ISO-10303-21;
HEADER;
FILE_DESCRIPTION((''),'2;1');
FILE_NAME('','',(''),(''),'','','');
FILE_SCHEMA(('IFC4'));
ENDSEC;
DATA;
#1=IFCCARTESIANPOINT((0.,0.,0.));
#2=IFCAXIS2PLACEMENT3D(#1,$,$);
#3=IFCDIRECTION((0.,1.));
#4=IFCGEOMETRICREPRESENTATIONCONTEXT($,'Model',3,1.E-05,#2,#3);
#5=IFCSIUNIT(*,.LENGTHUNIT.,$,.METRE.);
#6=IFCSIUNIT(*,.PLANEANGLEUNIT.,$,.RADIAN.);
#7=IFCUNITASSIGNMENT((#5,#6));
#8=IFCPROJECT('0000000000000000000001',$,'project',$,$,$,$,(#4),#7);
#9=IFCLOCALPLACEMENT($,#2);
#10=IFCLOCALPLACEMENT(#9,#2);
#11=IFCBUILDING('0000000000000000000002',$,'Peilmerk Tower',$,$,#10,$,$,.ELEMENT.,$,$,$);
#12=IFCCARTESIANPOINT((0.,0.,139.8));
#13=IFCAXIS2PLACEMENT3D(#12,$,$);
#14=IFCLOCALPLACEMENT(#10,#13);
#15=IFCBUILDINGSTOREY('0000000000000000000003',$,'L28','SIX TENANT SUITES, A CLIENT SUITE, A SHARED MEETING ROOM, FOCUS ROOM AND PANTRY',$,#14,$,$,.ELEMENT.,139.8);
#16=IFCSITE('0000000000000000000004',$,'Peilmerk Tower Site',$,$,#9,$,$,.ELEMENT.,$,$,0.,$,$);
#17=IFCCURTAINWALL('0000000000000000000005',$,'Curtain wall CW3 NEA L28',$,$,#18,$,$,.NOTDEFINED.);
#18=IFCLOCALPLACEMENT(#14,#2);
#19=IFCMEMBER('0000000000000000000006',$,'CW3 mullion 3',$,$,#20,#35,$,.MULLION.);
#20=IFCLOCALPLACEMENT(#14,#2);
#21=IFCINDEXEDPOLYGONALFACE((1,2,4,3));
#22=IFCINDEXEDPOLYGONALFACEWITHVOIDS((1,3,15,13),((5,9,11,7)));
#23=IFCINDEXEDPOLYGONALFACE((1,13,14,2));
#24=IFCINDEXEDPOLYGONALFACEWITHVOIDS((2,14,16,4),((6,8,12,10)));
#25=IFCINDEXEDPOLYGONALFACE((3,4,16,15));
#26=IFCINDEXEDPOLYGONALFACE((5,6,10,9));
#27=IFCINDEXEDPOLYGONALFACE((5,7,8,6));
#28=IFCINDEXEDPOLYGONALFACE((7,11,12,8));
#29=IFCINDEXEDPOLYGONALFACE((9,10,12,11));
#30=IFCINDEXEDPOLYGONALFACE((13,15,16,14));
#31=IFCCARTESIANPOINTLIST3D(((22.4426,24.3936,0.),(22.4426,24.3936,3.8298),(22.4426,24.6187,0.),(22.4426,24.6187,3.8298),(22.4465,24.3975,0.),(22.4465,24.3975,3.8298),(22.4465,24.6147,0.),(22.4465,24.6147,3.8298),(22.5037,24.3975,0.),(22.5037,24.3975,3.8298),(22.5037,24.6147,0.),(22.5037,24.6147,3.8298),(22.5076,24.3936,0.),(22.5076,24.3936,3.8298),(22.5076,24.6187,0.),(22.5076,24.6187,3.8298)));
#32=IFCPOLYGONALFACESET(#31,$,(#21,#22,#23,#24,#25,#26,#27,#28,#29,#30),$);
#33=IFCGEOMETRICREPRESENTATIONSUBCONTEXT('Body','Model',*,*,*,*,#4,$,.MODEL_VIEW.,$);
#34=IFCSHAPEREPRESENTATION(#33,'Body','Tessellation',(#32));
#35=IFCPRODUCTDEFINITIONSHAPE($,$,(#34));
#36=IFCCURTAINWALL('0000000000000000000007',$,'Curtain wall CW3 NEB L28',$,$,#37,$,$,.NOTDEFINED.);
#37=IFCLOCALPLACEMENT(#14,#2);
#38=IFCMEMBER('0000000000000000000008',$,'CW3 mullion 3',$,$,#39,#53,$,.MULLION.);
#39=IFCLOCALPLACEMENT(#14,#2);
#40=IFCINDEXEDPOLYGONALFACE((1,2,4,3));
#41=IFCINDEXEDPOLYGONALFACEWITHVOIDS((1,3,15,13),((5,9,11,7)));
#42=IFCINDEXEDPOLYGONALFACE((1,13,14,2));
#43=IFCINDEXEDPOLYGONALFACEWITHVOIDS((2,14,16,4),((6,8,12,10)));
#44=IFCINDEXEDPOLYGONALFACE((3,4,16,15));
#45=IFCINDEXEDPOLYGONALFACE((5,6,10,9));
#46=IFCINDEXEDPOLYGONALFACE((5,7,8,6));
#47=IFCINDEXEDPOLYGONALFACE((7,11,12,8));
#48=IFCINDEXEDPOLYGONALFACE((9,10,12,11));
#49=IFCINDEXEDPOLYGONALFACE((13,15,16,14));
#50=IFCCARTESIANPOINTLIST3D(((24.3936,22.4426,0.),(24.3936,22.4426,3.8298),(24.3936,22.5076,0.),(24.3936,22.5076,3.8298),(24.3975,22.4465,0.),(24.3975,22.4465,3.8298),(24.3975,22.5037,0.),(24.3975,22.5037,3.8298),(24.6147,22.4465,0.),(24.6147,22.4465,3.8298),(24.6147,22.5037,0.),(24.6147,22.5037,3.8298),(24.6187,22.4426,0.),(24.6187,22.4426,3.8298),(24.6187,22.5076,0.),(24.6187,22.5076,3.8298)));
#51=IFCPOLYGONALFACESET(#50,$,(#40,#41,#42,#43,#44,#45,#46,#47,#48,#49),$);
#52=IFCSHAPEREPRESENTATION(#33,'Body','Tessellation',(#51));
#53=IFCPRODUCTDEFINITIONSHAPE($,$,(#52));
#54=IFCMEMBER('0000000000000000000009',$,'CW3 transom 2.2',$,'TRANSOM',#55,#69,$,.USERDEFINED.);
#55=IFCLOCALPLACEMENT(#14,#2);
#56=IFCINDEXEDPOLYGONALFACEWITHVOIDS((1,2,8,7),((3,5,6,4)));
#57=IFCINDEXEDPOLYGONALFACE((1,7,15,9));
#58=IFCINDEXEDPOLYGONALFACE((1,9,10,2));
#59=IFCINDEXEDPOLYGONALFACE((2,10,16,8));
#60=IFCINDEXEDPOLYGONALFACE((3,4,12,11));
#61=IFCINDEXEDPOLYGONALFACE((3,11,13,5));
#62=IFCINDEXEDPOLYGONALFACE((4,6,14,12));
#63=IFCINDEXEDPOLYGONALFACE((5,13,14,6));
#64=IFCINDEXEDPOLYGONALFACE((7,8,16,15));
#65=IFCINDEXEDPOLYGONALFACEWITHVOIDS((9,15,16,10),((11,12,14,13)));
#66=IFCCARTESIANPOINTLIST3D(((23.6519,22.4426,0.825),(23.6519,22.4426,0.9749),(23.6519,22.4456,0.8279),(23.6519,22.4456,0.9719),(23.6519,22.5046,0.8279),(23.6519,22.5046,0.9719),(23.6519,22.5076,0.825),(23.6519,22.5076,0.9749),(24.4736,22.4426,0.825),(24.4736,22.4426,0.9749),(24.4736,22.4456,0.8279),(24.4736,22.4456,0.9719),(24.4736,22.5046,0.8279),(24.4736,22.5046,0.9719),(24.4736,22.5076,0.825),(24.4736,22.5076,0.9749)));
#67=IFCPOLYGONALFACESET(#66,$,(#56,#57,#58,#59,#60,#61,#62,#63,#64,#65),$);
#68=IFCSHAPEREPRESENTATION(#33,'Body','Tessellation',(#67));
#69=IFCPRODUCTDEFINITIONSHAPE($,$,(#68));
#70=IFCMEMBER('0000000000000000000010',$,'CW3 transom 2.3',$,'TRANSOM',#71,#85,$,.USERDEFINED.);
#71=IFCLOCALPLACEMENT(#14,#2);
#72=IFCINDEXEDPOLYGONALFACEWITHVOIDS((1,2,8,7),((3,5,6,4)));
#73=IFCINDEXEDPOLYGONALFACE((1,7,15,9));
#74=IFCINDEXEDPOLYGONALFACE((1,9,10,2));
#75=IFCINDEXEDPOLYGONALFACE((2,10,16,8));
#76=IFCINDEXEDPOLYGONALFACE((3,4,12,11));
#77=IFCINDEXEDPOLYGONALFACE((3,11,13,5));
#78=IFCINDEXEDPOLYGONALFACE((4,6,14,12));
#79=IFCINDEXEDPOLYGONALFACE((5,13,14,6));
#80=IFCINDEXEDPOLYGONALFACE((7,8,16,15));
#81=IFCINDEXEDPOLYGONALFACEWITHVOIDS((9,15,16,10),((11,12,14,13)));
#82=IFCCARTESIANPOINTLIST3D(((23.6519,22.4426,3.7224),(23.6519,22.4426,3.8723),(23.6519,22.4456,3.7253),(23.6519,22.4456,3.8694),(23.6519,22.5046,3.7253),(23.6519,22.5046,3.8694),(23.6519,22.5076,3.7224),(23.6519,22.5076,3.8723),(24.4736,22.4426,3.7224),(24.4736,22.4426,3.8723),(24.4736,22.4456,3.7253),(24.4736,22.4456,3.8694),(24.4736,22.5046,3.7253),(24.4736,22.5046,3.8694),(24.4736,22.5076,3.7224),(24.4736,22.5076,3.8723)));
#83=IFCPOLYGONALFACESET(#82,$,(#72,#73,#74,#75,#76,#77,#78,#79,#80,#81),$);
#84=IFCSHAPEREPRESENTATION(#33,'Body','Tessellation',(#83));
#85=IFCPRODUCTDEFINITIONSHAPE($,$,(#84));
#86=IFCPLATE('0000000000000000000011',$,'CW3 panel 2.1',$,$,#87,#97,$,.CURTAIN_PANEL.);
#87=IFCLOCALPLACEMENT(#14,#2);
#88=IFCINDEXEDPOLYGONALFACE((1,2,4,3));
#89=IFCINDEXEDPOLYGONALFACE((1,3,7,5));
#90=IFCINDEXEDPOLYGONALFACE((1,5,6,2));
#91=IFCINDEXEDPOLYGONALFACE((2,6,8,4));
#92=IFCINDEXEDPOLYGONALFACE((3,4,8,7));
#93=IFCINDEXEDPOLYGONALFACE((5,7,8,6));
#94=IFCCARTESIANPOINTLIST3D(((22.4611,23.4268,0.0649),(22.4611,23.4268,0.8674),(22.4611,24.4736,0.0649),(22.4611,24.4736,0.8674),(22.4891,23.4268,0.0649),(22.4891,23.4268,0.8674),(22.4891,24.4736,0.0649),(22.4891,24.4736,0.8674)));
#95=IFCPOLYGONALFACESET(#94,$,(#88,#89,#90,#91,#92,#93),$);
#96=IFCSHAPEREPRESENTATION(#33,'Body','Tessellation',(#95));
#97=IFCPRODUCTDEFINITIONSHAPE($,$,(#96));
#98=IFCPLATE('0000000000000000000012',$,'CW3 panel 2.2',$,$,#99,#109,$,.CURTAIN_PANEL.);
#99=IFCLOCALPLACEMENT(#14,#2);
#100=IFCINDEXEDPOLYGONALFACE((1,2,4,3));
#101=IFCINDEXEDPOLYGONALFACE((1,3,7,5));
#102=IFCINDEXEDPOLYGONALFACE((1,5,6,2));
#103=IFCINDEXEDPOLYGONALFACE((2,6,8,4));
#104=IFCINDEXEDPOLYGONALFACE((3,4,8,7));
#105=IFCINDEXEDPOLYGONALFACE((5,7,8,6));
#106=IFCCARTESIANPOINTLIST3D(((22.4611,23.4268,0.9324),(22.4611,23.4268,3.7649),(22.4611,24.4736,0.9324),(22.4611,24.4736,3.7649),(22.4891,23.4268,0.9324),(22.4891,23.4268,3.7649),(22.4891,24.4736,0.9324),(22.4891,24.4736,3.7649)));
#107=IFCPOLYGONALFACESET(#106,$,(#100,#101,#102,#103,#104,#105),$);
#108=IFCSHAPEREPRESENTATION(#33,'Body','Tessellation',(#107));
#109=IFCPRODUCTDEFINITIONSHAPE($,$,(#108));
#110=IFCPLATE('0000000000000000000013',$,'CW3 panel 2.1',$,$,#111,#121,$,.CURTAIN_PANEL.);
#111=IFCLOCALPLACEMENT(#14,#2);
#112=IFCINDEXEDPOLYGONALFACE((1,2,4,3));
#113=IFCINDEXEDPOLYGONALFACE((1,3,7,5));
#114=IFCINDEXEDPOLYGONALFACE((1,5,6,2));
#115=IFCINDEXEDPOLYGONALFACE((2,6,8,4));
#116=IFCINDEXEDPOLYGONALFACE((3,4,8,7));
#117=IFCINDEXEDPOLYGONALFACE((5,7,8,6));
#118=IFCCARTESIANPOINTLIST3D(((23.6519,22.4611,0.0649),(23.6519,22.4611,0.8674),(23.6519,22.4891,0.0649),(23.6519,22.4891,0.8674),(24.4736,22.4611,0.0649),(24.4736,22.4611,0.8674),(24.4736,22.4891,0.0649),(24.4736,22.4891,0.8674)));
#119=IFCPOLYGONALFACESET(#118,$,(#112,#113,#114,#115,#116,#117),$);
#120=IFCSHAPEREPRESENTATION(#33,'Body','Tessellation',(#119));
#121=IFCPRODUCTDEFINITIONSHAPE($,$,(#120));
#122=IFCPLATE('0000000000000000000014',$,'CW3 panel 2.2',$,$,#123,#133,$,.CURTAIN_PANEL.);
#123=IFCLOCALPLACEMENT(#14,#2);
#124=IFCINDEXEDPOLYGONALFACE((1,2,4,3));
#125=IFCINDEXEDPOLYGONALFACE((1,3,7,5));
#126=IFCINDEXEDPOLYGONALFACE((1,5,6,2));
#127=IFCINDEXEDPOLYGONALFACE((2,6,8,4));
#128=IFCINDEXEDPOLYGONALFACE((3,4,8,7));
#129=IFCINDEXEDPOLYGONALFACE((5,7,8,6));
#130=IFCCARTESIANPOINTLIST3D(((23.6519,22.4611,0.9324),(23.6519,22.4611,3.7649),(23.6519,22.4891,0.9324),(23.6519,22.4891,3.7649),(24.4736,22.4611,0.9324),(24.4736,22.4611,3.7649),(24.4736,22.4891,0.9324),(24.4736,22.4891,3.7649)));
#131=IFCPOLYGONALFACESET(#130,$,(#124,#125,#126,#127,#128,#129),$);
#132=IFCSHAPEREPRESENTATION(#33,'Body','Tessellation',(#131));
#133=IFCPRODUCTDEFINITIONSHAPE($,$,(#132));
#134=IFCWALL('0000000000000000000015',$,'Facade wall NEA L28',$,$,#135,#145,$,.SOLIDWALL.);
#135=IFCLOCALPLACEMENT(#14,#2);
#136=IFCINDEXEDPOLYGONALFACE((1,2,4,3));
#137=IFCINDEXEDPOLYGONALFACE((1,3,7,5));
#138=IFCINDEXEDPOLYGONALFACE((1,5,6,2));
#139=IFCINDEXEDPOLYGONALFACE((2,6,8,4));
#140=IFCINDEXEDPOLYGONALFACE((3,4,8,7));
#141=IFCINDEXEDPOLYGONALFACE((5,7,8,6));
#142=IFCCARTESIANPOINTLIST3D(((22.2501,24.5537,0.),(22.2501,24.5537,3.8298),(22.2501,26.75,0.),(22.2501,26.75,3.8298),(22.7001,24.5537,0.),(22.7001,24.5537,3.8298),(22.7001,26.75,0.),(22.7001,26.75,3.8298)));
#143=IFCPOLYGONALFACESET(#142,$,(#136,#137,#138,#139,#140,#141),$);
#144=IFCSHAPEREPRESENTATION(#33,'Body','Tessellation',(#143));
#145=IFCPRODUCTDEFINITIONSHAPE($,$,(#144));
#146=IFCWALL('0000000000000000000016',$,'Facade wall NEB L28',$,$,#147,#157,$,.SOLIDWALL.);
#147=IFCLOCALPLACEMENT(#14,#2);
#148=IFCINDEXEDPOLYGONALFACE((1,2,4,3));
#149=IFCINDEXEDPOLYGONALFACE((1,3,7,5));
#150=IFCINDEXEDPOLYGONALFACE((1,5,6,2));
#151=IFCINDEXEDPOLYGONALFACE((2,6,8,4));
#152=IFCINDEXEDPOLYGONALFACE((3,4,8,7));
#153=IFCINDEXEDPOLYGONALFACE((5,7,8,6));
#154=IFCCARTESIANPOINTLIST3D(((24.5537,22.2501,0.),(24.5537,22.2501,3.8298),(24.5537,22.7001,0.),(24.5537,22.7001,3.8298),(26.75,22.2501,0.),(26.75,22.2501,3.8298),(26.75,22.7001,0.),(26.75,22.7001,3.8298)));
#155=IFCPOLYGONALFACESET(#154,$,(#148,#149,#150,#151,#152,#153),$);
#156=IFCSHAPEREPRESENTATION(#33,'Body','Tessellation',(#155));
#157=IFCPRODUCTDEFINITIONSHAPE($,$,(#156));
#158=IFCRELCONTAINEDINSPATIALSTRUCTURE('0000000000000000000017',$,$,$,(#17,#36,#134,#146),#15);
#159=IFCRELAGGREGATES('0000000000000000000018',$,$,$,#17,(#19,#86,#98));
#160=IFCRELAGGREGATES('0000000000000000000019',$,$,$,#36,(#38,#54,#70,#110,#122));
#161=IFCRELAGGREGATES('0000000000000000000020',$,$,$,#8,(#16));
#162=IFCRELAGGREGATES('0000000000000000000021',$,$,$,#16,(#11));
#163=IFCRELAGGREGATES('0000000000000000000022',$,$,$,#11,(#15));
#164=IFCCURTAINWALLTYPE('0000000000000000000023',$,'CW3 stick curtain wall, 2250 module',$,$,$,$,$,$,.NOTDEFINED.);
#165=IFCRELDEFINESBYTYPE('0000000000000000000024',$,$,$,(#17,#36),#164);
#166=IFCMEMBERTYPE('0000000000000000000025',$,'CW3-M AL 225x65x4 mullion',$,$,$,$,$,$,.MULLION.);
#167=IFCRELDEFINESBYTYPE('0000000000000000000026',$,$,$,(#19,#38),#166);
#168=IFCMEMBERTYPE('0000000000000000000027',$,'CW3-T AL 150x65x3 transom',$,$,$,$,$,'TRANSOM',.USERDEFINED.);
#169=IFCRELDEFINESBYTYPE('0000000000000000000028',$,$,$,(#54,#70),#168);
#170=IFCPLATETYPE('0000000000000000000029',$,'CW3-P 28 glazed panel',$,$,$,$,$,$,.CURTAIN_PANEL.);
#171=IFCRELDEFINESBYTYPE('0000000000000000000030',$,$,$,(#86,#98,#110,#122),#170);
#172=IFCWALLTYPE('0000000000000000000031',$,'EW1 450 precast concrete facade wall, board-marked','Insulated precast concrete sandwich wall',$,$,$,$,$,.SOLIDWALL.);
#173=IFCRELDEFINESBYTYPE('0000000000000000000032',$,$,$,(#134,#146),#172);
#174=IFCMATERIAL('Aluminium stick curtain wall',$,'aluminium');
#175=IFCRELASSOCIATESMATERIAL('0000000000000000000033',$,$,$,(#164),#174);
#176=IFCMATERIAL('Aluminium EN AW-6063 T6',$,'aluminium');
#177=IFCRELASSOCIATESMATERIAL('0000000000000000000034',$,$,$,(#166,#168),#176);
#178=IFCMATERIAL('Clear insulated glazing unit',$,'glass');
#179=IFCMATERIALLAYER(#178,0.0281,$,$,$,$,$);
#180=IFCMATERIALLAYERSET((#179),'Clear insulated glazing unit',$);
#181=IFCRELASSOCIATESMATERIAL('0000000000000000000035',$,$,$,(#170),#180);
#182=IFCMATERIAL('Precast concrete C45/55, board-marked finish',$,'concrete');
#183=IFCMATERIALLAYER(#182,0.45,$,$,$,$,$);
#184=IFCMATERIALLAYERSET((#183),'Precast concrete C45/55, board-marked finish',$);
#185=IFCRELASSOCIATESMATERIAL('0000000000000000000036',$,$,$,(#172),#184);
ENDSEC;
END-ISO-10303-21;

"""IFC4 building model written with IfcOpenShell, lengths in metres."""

from ifc_helpers import new_model, si_unit, direction, frame, frame_2d, origin, origin_2d, place, context, subcontext, project, spatial, rectangle, hollow_rectangle, extrude, material, layer, layer_set, material_profile, profile_set, type_object, element, aggregate, save


model = new_model("IFC4")

# Units and contexts
model_context = context("Model", 3, precision=1e-05, world=origin(), true_north=direction((0.0, 1.0)))
body_context = subcontext(model_context, "Body", "Model", "MODEL_VIEW")
ifc_project = project(units=[si_unit("LENGTHUNIT", "METRE"), si_unit("PLANEANGLEUNIT", "RADIAN")], contexts=[model_context])

# Site, building, storey
site_placement = place(None, origin())
site = spatial("IfcSite", under=ifc_project, at=site_placement, Name="Peilmerk Tower Site", CompositionType="ELEMENT", RefElevation=0.0)
building_placement = place(site_placement, origin())
building = spatial("IfcBuilding", under=site, at=building_placement, Name="Peilmerk Tower", CompositionType="ELEMENT")
storey_placement = place(building_placement, frame((0.0, 0.0, 139.8)))
storey = spatial("IfcBuildingStorey", under=building, at=storey_placement, Name="L28", Description="SIX TENANT SUITES, A CLIENT SUITE, A SHARED MEETING ROOM, FOCUS ROOM AND PANTRY", CompositionType="ELEMENT", Elevation=139.8)

# Curtain wall, member
ifc_material_1 = material(Name="Aluminium stick curtain wall", Category="aluminium")
curtain_wall_type = type_object("IfcCurtainWallType", Name="CW3 stick curtain wall, 2250 module", PredefinedType="NOTDEFINED", material=ifc_material_1)
curtain_wall_1_placement = place(storey_placement, origin())
curtain_wall_1 = element("IfcCurtainWall", 1, at=curtain_wall_1_placement, inside=storey, type_object=curtain_wall_type, Name="Curtain wall CW3 NEA L28", PredefinedType="NOTDEFINED")
ifc_material_2 = material(Name="Aluminium EN AW-6063 T6", Category="aluminium")
ifc_material_profile_1 = material_profile(ifc_material_2, hollow_rectangle(XDim=0.0649, YDim=0.2251, WallThickness=0.0039, at=origin_2d()), Name="AL 225x65x4")
ifc_profile_set_1 = profile_set([ifc_material_profile_1], Name="Aluminium EN AW-6063 T6")
member_type_1 = type_object("IfcMemberType", Name="CW3-M AL 225x65x4 mullion", PredefinedType="MULLION", material=ifc_profile_set_1)
member_1_placement = place(storey_placement, frame((22.4751, 24.5061, 0.0), z_axis=(0.0, 0.0, 1.0), x_axis=(-1.0, 0.0, 0.0)))
member_1 = element("IfcMember", 2, at=member_1_placement, type_object=member_type_1, Name="CW3 mullion 3", PredefinedType="MULLION", context=body_context, shape_type="SweptSolid", body=[
    extrude(hollow_rectangle(XDim=0.0649, YDim=0.2251, WallThickness=0.0039, at=origin_2d()), origin(), (0.0, 0.0, 1.0), 3.8298),
])

# Curtain wall, members
curtain_wall_2_placement = place(storey_placement, origin())
curtain_wall_2 = element("IfcCurtainWall", 3, at=curtain_wall_2_placement, inside=storey, type_object=curtain_wall_type, Name="Curtain wall CW3 NEB L28", PredefinedType="NOTDEFINED")
member_2_placement = place(storey_placement, frame((24.5061, 22.4751, 0.0), z_axis=(0.0, 0.0, 1.0), x_axis=(0.0, 1.0, 0.0)))
member_2 = element("IfcMember", 4, at=member_2_placement, type_object=member_type_1, Name="CW3 mullion 3", PredefinedType="MULLION", context=body_context, shape_type="SweptSolid", body=[
    extrude(hollow_rectangle(XDim=0.0649, YDim=0.2251, WallThickness=0.0039, at=origin_2d()), origin(), (0.0, 0.0, 1.0), 3.8298),
])
ifc_material_profile_2 = material_profile(ifc_material_2, hollow_rectangle(XDim=0.0649, YDim=0.1499, WallThickness=0.0029, at=origin_2d()), Name="AL 150x65x3")
ifc_profile_set_2 = profile_set([ifc_material_profile_2], Name="Aluminium EN AW-6063 T6")
member_type_2 = type_object("IfcMemberType", Name="CW3-T AL 150x65x3 transom", ElementType="TRANSOM", PredefinedType="USERDEFINED", material=ifc_profile_set_2)
member_3_placement = place(storey_placement, frame((23.6519, 22.4751, 0.8999), z_axis=(1.0, 0.0, 0.0), x_axis=(0.0, 1.0, 0.0)))
member_3 = element("IfcMember", 5, at=member_3_placement, type_object=member_type_2, Name="CW3 transom 2.2", ObjectType="TRANSOM", PredefinedType="USERDEFINED", context=body_context, shape_type="SweptSolid", body=[
    extrude(hollow_rectangle(XDim=0.0649, YDim=0.1499, WallThickness=0.0029, at=origin_2d()), origin(), (0.0, 0.0, 1.0), 0.8218),
])
member_4_placement = place(storey_placement, frame((23.6519, 22.4751, 3.7974), z_axis=(1.0, 0.0, 0.0), x_axis=(0.0, 1.0, 0.0)))
member_4 = element("IfcMember", 6, at=member_4_placement, type_object=member_type_2, Name="CW3 transom 2.3", ObjectType="TRANSOM", PredefinedType="USERDEFINED", context=body_context, shape_type="SweptSolid", body=[
    extrude(hollow_rectangle(XDim=0.0649, YDim=0.1499, WallThickness=0.0029, at=origin_2d()), origin(), (0.0, 0.0, 1.0), 0.8218),
])

# Plates
ifc_material_3 = material(Name="Clear insulated glazing unit", Category="glass")
ifc_layer_1 = layer(ifc_material_3, 0.0281)
ifc_layer_set_1 = layer_set([ifc_layer_1], Name="Clear insulated glazing unit")
plate_type = type_object("IfcPlateType", Name="CW3-P 28 glazed panel", PredefinedType="CURTAIN_PANEL", material=ifc_layer_set_1)
plate_1_placement = place(storey_placement, frame((22.4751, 23.9502, 0.0649), z_axis=(0.0, 0.0, 1.0), x_axis=(0.0, 1.0, 0.0)))
plate_1 = element("IfcPlate", 7, at=plate_1_placement, type_object=plate_type, Name="CW3 panel 2.1", PredefinedType="CURTAIN_PANEL", context=body_context, shape_type="SweptSolid", body=[
    extrude(rectangle(XDim=1.0469, YDim=0.0281, at=origin_2d()), origin(), (0.0, 0.0, 1.0), 0.8025),
])
plate_2_placement = place(storey_placement, frame((22.4751, 23.9502, 0.9324), z_axis=(0.0, 0.0, 1.0), x_axis=(0.0, 1.0, 0.0)))
plate_2 = element("IfcPlate", 8, at=plate_2_placement, type_object=plate_type, Name="CW3 panel 2.2", PredefinedType="CURTAIN_PANEL", context=body_context, shape_type="SweptSolid", body=[
    extrude(rectangle(XDim=1.0469, YDim=0.0281, at=origin_2d()), origin(), (0.0, 0.0, 1.0), 2.8325),
])
aggregate(curtain_wall_1, [member_1, plate_1, plate_2])
plate_3_placement = place(storey_placement, frame((24.0627, 22.4751, 0.0649), z_axis=(0.0, 0.0, 1.0), x_axis=(1.0, 0.0, 0.0)))
plate_3 = element("IfcPlate", 9, at=plate_3_placement, type_object=plate_type, Name="CW3 panel 2.1", PredefinedType="CURTAIN_PANEL", context=body_context, shape_type="SweptSolid", body=[
    extrude(rectangle(XDim=0.8218, YDim=0.0281, at=origin_2d()), origin(), (0.0, 0.0, 1.0), 0.8025),
])
plate_4_placement = place(storey_placement, frame((24.0627, 22.4751, 0.9324), z_axis=(0.0, 0.0, 1.0), x_axis=(1.0, 0.0, 0.0)))
plate_4 = element("IfcPlate", 10, at=plate_4_placement, type_object=plate_type, Name="CW3 panel 2.2", PredefinedType="CURTAIN_PANEL", context=body_context, shape_type="SweptSolid", body=[
    extrude(rectangle(XDim=0.8218, YDim=0.0281, at=origin_2d()), origin(), (0.0, 0.0, 1.0), 2.8325),
])
aggregate(curtain_wall_2, [member_2, member_3, member_4, plate_3, plate_4])

# Shared definitions
ifc_material_4 = material(Name="Precast concrete C45/55, board-marked finish", Category="concrete")
ifc_layer_2 = layer(ifc_material_4, 0.45)
ifc_layer_set_2 = layer_set([ifc_layer_2], Name="Precast concrete C45/55, board-marked finish")
wall_type = type_object("IfcWallType", Name="EW1 450 precast concrete facade wall, board-marked", Description="Insulated precast concrete sandwich wall", PredefinedType="SOLIDWALL", material=ifc_layer_set_2)

# Walls
for number, where, z_axis, x_axis, name in (
    (11, (22.4751, 24.5537, 0.0), (0.0, 0.0, 1.0), (0.0, 1.0, 0.0), "Facade wall NEA L28"),
    (12, (24.5537, 22.4751, 0.0), (0.0, 0.0, 1.0), (1.0, 0.0, 0.0), "Facade wall NEB L28"),
):
    element("IfcWall", number, at=place(storey_placement, frame(where, z_axis=z_axis, x_axis=x_axis)), inside=storey, type_object=wall_type, Name=name, PredefinedType="SOLIDWALL", context=body_context, shape_type="SweptSolid", body=[
        extrude(rectangle(XDim=2.1963, YDim=0.45, at=frame_2d((1.0981, 0.0))), origin(), (0.0, 0.0, 1.0), 3.8298),
    ])

save(model, "model.ifc")
